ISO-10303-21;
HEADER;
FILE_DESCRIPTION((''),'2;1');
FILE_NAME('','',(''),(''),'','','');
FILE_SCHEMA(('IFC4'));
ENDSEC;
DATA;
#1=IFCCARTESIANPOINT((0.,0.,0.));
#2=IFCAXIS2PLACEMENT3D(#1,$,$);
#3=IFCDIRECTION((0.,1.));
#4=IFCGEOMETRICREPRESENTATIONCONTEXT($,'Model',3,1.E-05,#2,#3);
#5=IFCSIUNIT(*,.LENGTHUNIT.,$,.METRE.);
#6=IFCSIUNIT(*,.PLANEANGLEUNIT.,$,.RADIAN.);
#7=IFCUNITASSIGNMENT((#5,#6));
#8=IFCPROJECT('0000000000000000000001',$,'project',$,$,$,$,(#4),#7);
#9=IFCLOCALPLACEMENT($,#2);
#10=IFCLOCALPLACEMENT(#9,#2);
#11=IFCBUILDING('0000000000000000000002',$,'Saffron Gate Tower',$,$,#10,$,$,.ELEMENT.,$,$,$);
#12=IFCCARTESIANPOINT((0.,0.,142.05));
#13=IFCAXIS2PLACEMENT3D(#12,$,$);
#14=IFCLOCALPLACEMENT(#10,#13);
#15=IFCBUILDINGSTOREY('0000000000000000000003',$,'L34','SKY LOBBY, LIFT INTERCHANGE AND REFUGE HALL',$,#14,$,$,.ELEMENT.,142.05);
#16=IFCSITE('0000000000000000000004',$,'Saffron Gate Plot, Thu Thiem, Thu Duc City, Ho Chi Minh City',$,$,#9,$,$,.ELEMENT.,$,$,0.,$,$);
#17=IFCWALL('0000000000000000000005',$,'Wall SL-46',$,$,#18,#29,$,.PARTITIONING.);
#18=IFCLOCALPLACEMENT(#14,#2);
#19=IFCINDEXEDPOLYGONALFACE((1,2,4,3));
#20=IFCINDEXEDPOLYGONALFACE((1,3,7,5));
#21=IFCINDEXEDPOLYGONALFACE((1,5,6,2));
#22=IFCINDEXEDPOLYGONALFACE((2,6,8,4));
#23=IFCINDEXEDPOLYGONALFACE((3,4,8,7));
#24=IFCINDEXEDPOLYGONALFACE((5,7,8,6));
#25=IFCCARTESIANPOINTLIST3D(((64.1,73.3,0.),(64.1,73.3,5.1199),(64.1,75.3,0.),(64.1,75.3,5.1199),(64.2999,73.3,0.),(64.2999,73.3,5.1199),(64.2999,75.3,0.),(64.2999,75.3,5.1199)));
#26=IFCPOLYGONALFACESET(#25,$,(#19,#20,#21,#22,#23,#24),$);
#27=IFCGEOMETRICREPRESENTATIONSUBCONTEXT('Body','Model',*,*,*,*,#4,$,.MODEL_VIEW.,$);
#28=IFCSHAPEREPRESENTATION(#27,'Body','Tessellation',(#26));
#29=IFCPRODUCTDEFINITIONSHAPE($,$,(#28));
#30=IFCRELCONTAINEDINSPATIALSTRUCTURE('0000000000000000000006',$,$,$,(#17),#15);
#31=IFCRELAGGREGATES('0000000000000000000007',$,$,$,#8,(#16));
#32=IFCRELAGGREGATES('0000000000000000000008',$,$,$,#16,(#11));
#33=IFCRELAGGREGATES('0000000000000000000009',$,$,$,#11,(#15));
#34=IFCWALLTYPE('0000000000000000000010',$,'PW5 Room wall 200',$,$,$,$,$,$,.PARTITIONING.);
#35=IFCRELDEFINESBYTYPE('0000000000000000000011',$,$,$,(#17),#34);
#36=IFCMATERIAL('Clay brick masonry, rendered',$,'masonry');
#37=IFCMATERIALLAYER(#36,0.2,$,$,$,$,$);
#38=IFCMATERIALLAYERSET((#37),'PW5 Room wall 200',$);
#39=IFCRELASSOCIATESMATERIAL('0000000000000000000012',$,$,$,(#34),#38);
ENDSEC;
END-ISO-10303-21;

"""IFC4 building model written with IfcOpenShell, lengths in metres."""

from ifc_helpers import new_model, si_unit, direction, frame, frame_2d, origin, place, context, subcontext, project, spatial, rectangle, extrude, material, layer, layer_set, type_object, element, save


model = new_model("IFC4")

# Units and contexts
model_context = context("Model", 3, precision=1e-05, world=origin(), true_north=direction((0.0, 1.0)))
body_context = subcontext(model_context, "Body", "Model", "MODEL_VIEW")
ifc_project = project(units=[si_unit("LENGTHUNIT", "METRE"), si_unit("PLANEANGLEUNIT", "RADIAN")], contexts=[model_context])

# Site, building, storey
site_placement = place(None, origin())
site = spatial("IfcSite", under=ifc_project, at=site_placement, Name="Saffron Gate Plot, Thu Thiem, Thu Duc City, Ho Chi Minh City", CompositionType="ELEMENT", RefElevation=0.0)
building_placement = place(site_placement, origin())
building = spatial("IfcBuilding", under=site, at=building_placement, Name="Saffron Gate Tower", CompositionType="ELEMENT")
storey_placement = place(building_placement, frame((0.0, 0.0, 142.05)))
storey = spatial("IfcBuildingStorey", under=building, at=storey_placement, Name="L34", Description="SKY LOBBY, LIFT INTERCHANGE AND REFUGE HALL", CompositionType="ELEMENT", Elevation=142.05)

# Wall
ifc_material_1 = material(Name="Clay brick masonry, rendered", Category="masonry")
ifc_layer_1 = layer(ifc_material_1, 0.2)
ifc_layer_set_1 = layer_set([ifc_layer_1], Name="PW5 Room wall 200")
wall_type_1 = type_object("IfcWallType", Name="PW5 Room wall 200", PredefinedType="PARTITIONING", material=ifc_layer_set_1)
wall_1_placement = place(storey_placement, frame((64.2, 75.3, 0.0), z_axis=(0.0, 0.0, 1.0), x_axis=(0.0, -1.0, 0.0)))
element("IfcWall", 1, at=wall_1_placement, inside=storey, type_object=wall_type_1, Name="Wall SL-46", PredefinedType="PARTITIONING", context=body_context, shape_type="SweptSolid", body=[
    extrude(rectangle(XDim=2.0, YDim=0.2, at=frame_2d((1.0, 0.0))), origin(), (0.0, 0.0, 1.0), 5.1199),
])

save(model, "model.ifc")
